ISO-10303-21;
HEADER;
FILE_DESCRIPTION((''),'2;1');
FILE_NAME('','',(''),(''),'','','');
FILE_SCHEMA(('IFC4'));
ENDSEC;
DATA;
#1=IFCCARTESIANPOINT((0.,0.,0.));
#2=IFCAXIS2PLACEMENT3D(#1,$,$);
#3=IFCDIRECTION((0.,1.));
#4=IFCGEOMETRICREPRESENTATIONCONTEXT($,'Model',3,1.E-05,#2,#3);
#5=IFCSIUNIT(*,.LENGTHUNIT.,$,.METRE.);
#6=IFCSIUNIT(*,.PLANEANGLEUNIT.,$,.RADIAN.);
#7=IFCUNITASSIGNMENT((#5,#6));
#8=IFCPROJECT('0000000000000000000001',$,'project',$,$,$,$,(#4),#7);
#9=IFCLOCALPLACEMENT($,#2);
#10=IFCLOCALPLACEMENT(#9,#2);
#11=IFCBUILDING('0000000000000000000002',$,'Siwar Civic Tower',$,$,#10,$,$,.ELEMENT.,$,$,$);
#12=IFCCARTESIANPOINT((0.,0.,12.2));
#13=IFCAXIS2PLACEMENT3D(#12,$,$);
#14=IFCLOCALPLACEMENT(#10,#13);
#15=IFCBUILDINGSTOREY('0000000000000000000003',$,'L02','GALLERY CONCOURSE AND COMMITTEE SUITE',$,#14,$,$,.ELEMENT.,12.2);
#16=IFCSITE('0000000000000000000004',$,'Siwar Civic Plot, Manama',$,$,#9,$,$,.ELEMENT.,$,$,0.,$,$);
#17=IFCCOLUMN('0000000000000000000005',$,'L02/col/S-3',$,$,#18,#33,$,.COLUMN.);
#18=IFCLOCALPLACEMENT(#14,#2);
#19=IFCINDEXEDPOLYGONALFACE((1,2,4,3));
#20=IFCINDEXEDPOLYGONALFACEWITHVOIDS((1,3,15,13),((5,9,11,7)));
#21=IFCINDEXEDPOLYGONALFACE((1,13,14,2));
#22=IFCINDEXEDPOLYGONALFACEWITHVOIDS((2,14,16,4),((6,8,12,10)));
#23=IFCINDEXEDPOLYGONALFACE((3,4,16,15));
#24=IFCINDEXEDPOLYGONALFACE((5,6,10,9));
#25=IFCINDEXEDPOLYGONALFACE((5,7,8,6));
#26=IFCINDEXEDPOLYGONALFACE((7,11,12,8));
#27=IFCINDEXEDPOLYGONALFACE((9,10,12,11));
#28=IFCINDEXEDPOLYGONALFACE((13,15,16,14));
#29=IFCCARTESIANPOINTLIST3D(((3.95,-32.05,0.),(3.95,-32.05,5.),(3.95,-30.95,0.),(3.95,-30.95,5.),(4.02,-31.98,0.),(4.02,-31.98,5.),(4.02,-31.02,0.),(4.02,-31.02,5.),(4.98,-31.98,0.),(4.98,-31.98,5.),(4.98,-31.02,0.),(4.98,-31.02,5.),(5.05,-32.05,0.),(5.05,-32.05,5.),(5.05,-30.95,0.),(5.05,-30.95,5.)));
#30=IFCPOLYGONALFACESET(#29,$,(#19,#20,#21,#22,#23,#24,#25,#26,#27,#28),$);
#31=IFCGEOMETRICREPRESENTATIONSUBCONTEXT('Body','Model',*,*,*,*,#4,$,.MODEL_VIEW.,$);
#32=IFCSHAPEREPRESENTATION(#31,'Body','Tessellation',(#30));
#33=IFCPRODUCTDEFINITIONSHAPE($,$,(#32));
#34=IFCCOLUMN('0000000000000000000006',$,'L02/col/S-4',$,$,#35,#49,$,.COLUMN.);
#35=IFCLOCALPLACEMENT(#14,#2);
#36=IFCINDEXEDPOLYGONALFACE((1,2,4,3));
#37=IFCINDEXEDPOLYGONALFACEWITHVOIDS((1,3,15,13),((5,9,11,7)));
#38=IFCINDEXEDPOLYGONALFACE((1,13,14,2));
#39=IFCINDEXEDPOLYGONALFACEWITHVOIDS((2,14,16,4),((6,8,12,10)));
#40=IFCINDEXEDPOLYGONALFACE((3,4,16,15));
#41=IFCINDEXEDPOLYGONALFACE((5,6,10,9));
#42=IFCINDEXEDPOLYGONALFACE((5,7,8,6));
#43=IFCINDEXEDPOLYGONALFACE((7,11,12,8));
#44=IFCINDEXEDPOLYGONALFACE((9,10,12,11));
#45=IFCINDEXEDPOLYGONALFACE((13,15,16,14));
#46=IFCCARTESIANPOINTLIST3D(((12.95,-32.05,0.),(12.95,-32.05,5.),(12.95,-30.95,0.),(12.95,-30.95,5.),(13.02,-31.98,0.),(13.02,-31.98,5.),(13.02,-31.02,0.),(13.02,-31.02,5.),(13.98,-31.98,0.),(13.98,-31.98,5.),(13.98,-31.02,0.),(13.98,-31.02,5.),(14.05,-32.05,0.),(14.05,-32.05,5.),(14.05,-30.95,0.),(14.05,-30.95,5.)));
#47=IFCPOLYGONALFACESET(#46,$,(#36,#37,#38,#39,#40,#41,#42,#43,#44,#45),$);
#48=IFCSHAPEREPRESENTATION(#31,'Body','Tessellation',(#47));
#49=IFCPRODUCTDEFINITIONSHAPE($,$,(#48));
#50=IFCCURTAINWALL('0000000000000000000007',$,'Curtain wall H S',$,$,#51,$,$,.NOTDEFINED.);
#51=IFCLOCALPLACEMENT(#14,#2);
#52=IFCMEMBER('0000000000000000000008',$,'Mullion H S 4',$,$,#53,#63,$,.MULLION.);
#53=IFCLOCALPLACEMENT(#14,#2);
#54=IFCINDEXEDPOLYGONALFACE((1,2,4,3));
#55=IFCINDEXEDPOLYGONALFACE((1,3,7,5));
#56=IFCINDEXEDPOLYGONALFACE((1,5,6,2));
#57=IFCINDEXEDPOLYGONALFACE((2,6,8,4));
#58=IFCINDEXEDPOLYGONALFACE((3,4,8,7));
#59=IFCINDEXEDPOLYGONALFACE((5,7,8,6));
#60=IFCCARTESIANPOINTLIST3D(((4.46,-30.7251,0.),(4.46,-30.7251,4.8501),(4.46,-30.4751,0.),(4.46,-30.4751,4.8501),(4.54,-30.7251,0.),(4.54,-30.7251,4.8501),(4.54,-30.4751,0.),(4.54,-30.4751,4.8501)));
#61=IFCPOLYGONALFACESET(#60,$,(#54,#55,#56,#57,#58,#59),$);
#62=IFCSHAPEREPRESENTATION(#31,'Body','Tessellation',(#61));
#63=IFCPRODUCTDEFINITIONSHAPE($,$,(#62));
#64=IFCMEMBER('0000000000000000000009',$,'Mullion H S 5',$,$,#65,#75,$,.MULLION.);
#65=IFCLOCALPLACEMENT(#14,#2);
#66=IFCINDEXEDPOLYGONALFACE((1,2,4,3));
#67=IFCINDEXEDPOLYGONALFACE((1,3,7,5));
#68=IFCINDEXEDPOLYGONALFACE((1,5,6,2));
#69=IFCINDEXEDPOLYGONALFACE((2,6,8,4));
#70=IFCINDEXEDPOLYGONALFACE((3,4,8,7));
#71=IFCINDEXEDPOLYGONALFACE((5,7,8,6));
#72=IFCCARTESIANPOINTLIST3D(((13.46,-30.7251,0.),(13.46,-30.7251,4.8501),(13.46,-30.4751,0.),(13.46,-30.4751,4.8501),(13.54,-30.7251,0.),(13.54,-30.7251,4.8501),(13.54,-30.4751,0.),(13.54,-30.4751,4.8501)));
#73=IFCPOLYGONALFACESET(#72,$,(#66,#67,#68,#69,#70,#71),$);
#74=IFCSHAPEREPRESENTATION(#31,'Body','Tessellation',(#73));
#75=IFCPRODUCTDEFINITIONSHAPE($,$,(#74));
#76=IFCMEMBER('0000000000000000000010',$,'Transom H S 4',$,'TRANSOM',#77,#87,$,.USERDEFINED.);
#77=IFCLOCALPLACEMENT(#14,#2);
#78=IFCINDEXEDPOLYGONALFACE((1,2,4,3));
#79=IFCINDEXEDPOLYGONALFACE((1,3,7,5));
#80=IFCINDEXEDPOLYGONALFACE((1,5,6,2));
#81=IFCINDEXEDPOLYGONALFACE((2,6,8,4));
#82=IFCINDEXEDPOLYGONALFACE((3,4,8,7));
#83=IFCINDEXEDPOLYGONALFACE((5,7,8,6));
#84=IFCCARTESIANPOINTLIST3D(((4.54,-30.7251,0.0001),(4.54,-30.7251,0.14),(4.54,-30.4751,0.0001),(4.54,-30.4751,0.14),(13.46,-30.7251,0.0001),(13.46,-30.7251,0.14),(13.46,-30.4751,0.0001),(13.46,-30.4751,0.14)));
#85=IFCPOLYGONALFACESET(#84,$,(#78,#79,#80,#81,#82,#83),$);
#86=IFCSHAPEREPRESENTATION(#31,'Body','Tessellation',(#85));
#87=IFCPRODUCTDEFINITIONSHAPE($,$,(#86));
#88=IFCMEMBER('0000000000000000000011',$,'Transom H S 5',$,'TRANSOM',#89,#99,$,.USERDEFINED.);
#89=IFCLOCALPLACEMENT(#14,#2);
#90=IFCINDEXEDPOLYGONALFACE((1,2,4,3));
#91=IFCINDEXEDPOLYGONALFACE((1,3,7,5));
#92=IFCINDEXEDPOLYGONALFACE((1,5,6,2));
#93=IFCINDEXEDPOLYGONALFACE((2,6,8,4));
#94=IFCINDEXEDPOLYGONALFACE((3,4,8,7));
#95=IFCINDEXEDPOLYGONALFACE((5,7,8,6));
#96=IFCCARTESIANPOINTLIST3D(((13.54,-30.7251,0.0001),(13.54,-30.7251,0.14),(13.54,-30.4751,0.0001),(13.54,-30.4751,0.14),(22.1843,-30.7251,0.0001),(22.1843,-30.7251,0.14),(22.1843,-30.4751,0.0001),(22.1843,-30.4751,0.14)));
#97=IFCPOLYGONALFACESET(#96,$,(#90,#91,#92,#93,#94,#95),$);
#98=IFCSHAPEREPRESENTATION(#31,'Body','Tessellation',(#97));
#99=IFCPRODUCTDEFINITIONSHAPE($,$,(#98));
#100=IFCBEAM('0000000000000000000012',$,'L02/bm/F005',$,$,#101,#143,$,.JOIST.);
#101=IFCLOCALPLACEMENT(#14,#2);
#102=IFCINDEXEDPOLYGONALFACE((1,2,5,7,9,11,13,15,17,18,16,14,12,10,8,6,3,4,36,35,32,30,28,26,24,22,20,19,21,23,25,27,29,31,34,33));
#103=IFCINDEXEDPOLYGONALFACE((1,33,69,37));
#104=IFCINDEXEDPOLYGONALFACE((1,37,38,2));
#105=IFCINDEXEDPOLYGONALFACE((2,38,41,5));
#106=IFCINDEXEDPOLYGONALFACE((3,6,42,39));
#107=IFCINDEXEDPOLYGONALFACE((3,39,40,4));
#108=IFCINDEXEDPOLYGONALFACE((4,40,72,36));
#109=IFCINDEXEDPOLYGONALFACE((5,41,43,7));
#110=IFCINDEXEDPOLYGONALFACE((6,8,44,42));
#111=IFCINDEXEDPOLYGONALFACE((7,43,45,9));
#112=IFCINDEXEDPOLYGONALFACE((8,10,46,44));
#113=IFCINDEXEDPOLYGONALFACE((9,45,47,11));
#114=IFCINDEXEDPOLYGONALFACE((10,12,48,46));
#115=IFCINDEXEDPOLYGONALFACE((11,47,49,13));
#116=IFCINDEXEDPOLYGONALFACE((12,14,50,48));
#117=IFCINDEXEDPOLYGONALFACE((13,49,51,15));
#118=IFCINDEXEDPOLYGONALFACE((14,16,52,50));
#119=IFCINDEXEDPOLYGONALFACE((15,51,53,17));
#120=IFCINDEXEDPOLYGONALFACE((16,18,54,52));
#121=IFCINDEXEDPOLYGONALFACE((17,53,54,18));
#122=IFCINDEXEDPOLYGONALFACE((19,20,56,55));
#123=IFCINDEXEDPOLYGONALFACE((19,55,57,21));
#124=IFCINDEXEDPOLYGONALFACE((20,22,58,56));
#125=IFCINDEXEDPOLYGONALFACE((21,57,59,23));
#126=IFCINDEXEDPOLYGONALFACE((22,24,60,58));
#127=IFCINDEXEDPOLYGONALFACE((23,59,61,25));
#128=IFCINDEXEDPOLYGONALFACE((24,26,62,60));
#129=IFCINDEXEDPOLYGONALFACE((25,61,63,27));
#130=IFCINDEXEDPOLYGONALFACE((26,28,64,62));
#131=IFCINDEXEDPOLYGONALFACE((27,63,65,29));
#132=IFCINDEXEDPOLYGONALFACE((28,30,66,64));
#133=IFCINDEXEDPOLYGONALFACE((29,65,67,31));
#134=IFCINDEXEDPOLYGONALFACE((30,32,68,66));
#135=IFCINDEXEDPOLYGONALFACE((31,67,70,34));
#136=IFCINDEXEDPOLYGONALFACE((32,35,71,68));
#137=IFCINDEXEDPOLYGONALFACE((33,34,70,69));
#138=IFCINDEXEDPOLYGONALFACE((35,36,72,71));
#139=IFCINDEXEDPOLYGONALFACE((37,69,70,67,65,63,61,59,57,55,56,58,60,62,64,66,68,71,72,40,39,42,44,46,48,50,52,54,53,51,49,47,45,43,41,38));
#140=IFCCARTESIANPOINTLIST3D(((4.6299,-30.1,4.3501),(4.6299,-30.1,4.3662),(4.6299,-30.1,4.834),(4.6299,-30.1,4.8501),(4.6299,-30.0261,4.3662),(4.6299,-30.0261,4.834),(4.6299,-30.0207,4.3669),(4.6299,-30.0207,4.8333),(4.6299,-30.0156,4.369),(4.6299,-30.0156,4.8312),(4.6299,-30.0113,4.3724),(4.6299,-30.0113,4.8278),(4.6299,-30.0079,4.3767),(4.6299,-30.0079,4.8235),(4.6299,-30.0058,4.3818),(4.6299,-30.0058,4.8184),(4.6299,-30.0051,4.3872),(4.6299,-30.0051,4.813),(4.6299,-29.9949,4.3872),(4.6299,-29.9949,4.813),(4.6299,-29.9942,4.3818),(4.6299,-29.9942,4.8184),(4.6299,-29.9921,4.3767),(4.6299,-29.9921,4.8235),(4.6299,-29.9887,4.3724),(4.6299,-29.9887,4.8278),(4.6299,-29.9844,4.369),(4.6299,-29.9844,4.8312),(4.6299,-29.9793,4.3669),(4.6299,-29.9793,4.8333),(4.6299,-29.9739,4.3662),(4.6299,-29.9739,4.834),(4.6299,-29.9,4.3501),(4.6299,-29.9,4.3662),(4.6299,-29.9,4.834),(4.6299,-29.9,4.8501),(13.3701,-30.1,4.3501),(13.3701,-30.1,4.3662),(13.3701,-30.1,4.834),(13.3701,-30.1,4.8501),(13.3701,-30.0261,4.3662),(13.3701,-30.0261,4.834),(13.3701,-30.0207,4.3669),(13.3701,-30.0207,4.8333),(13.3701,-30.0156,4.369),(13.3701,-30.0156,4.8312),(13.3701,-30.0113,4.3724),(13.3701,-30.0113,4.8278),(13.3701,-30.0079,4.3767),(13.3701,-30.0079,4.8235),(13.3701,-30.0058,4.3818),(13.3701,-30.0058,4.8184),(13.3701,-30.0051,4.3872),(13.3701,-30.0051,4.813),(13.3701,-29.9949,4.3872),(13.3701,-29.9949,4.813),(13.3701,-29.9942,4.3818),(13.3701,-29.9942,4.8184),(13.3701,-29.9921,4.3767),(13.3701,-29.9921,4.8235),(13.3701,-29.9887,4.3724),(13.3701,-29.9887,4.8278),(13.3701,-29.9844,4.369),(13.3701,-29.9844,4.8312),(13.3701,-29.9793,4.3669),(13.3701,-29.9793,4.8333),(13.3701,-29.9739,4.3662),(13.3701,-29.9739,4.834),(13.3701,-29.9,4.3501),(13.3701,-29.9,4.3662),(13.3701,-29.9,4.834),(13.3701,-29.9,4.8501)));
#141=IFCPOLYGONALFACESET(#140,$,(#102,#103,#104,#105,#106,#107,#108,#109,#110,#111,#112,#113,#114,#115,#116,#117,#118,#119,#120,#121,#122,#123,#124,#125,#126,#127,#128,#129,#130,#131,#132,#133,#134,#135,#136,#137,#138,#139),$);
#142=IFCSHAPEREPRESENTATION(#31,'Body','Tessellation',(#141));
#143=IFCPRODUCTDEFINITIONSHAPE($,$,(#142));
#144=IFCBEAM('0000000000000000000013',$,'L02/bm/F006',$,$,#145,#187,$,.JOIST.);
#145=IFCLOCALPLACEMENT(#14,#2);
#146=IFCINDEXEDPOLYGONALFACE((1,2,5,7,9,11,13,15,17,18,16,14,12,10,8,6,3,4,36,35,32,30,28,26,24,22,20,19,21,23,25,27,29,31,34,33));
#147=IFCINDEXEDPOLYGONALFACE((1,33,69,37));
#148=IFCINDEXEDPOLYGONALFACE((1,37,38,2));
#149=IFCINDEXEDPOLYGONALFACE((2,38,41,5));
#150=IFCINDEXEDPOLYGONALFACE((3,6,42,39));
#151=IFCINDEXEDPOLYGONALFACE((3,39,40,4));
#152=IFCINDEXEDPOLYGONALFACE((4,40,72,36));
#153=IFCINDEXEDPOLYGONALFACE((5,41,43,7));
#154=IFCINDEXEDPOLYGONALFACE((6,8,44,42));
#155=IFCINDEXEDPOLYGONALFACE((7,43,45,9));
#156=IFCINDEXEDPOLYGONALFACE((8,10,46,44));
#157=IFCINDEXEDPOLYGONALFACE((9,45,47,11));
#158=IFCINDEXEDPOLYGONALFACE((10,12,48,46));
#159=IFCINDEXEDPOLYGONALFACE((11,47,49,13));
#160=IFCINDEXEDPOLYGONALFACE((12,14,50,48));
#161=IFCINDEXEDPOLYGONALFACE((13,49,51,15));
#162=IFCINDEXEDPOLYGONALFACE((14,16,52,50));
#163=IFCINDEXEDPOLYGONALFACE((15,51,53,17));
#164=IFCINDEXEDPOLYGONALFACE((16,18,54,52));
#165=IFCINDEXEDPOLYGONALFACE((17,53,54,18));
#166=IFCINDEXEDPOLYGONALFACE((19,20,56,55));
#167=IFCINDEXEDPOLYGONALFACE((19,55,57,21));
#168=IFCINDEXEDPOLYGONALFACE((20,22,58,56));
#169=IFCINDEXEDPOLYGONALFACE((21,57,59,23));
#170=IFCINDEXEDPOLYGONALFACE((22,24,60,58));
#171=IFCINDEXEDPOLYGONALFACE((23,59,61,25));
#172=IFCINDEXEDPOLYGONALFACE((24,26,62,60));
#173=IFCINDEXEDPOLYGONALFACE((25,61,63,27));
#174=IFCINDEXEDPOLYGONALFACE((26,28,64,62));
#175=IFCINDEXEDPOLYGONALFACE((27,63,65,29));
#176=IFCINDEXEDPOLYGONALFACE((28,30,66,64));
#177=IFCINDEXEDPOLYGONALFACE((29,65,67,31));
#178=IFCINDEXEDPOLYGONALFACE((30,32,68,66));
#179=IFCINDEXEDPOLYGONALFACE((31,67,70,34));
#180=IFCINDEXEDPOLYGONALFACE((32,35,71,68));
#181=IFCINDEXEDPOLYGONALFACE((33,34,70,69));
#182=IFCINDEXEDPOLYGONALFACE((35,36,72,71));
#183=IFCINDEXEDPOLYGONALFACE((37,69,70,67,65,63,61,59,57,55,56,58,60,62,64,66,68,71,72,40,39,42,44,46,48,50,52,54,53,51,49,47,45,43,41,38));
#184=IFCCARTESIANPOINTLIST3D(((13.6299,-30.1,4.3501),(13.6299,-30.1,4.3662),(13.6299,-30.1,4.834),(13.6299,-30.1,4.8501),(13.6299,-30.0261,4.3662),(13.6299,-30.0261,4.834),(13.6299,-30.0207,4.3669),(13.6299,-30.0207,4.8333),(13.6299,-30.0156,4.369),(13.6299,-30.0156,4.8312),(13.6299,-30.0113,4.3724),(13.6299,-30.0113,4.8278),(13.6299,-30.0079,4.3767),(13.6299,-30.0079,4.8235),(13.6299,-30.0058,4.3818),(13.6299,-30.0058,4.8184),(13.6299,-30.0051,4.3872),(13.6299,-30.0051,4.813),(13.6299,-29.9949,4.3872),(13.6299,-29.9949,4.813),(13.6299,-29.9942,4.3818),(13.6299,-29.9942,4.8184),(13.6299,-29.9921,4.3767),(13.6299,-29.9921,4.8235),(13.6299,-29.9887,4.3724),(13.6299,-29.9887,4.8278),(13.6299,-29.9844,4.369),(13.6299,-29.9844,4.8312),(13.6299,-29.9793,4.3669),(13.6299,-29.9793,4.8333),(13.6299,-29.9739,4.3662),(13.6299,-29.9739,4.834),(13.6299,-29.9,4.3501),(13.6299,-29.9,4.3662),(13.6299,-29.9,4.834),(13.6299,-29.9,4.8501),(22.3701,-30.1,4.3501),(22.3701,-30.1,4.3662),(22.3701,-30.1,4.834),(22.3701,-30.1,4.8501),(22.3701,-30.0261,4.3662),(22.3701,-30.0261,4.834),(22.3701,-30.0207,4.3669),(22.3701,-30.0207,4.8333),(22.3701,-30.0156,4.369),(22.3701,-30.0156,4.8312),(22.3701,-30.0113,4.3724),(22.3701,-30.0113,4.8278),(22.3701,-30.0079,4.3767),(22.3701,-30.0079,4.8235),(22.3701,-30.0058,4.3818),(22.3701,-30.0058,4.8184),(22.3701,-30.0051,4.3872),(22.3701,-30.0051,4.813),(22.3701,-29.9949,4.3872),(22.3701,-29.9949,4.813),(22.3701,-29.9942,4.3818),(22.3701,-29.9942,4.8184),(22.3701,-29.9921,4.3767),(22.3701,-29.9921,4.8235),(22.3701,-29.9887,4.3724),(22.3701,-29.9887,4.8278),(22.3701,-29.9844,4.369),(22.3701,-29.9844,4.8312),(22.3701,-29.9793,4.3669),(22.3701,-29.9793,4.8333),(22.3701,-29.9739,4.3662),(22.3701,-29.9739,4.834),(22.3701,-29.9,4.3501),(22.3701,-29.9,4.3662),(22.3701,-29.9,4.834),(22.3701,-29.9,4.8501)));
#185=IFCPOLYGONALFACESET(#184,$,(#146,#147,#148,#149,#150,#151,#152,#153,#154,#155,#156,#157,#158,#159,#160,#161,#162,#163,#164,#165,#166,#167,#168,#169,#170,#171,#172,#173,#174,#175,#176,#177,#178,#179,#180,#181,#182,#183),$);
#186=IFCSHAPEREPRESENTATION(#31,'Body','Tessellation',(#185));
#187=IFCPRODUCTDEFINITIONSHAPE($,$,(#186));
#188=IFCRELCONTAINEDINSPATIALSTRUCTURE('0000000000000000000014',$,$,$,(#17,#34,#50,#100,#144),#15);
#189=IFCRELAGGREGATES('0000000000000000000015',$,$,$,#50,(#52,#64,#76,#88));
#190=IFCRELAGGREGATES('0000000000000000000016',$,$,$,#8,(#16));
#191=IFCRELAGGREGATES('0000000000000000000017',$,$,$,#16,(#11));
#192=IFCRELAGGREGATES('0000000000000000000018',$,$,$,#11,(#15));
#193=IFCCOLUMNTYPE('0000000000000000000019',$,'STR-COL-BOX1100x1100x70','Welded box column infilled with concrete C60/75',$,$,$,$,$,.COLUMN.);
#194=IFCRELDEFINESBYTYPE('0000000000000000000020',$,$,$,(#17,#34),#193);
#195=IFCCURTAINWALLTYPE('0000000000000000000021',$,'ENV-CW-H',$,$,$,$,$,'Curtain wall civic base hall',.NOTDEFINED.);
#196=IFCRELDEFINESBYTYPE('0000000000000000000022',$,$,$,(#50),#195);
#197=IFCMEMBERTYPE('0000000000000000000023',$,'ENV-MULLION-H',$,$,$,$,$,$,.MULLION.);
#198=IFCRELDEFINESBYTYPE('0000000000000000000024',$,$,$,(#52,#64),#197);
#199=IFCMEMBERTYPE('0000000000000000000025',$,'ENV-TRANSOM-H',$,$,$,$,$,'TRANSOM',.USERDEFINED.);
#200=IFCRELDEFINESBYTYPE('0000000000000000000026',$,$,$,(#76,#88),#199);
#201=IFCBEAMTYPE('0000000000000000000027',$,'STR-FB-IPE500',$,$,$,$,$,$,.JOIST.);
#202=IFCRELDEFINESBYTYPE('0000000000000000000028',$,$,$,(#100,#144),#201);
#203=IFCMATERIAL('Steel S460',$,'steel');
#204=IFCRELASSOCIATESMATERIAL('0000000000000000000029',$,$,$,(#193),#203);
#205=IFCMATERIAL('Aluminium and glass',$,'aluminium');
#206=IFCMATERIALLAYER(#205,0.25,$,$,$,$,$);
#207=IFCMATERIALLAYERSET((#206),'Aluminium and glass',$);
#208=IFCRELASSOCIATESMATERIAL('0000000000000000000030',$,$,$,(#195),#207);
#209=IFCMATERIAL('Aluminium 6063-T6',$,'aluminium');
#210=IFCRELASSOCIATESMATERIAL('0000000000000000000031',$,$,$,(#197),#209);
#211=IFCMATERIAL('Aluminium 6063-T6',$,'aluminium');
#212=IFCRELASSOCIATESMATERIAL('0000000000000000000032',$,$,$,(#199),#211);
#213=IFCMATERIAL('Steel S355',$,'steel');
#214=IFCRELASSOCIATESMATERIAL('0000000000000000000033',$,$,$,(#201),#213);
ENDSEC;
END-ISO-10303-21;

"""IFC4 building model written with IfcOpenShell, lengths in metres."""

from ifc_helpers import new_model, si_unit, direction, frame, origin, origin_2d, place, context, subcontext, project, spatial, rectangle, hollow_rectangle, i_section, extrude, material, layer, layer_set, material_profile, profile_set, type_object, element, aggregate, save


model = new_model("IFC4")

# Units and contexts
model_context = context("Model", 3, precision=1e-05, world=origin(), true_north=direction((0.0, 1.0)))
body_context = subcontext(model_context, "Body", "Model", "MODEL_VIEW")
ifc_project = project(units=[si_unit("LENGTHUNIT", "METRE"), si_unit("PLANEANGLEUNIT", "RADIAN")], contexts=[model_context])

# Site, building, storey
site_placement = place(None, origin())
site = spatial("IfcSite", under=ifc_project, at=site_placement, Name="Siwar Civic Plot, Manama", CompositionType="ELEMENT", RefElevation=0.0)
building_placement = place(site_placement, origin())
building = spatial("IfcBuilding", under=site, at=building_placement, Name="Siwar Civic Tower", CompositionType="ELEMENT")
storey_placement = place(building_placement, frame((0.0, 0.0, 12.2)))
storey = spatial("IfcBuildingStorey", under=building, at=storey_placement, Name="L02", Description="GALLERY CONCOURSE AND COMMITTEE SUITE", CompositionType="ELEMENT", Elevation=12.2)

# Columns
ifc_material_1 = material(Name="Steel S460", Category="steel")
ifc_material_profile_1 = material_profile(ifc_material_1, hollow_rectangle(XDim=1.1001, YDim=1.1001, WallThickness=0.0701, at=origin_2d()), Name="BOX1100x1100x70")
ifc_profile_set_1 = profile_set([ifc_material_profile_1], Name="Steel S460")
column_type = type_object("IfcColumnType", Name="STR-COL-BOX1100x1100x70", Description="Welded box column infilled with concrete C60/75", PredefinedType="COLUMN", material=ifc_profile_set_1)
for number, where, z_axis, x_axis, name in (
    (1, (4.5, -31.5, 0.0), (0.0, 0.0, 1.0), (1.0, 0.0, 0.0), "L02/col/S-3"),
    (2, (13.5, -31.5, 0.0), (0.0, 0.0, 1.0), (1.0, 0.0, 0.0), "L02/col/S-4"),
):
    element("IfcColumn", number, at=place(storey_placement, frame(where, z_axis=z_axis, x_axis=x_axis)), inside=storey, type_object=column_type, Name=name, PredefinedType="COLUMN", context=body_context, shape_type="SweptSolid", body=[
        extrude(hollow_rectangle(XDim=1.1001, YDim=1.1001, WallThickness=0.0701, at=origin_2d()), origin(), (0.0, 0.0, 1.0), 5.0),
    ])

# Curtain wall, members
ifc_material_2 = material(Name="Aluminium and glass", Category="aluminium")
ifc_layer_1 = layer(ifc_material_2, 0.25)
ifc_layer_set_1 = layer_set([ifc_layer_1], Name="Aluminium and glass")
curtain_wall_type = type_object("IfcCurtainWallType", Name="ENV-CW-H", ElementType="Curtain wall civic base hall", PredefinedType="NOTDEFINED", material=ifc_layer_set_1)
curtain_wall_placement = place(storey_placement, origin())
curtain_wall = element("IfcCurtainWall", 3, at=curtain_wall_placement, inside=storey, type_object=curtain_wall_type, Name="Curtain wall H S", PredefinedType="NOTDEFINED")
ifc_material_3 = material(Name="Aluminium 6063-T6", Category="aluminium")
ifc_material_profile_2 = material_profile(ifc_material_3, rectangle(XDim=0.25, YDim=0.0801, at=origin_2d()), Name="AL 250x80")
ifc_profile_set_2 = profile_set([ifc_material_profile_2], Name="Aluminium 6063-T6")
member_type_1 = type_object("IfcMemberType", Name="ENV-MULLION-H", PredefinedType="MULLION", material=ifc_profile_set_2)
member_1_placement = place(storey_placement, frame((4.5, -30.6001, 0.0), z_axis=(0.0, 0.0, 1.0), x_axis=(0.0, 1.0, 0.0)))
member_1 = element("IfcMember", 4, at=member_1_placement, type_object=member_type_1, Name="Mullion H S 4", PredefinedType="MULLION", context=body_context, shape_type="SweptSolid", body=[
    extrude(rectangle(XDim=0.25, YDim=0.0801, at=origin_2d()), origin(), (0.0, 0.0, 1.0), 4.8501),
])
member_2_placement = place(storey_placement, frame((13.5, -30.6001, 0.0), z_axis=(0.0, 0.0, 1.0), x_axis=(0.0, 1.0, 0.0)))
member_2 = element("IfcMember", 5, at=member_2_placement, type_object=member_type_1, Name="Mullion H S 5", PredefinedType="MULLION", context=body_context, shape_type="SweptSolid", body=[
    extrude(rectangle(XDim=0.25, YDim=0.0801, at=origin_2d()), origin(), (0.0, 0.0, 1.0), 4.8501),
])
ifc_material_4 = material(Name="Aluminium 6063-T6", Category="aluminium")
ifc_material_profile_3 = material_profile(ifc_material_4, rectangle(XDim=0.25, YDim=0.1399, at=origin_2d()), Name="AL 250x140")
ifc_profile_set_3 = profile_set([ifc_material_profile_3], Name="Aluminium 6063-T6")
member_type_2 = type_object("IfcMemberType", Name="ENV-TRANSOM-H", ElementType="TRANSOM", PredefinedType="USERDEFINED", material=ifc_profile_set_3)
member_3_placement = place(storey_placement, frame((4.54, -30.6001, 0.0701), z_axis=(1.0, 0.0, 0.0), x_axis=(0.0, 1.0, 0.0)))
member_3 = element("IfcMember", 6, at=member_3_placement, type_object=member_type_2, Name="Transom H S 4", ObjectType="TRANSOM", PredefinedType="USERDEFINED", context=body_context, shape_type="SweptSolid", body=[
    extrude(rectangle(XDim=0.25, YDim=0.1399, at=origin_2d()), origin(), (0.0, 0.0, 1.0), 8.9199),
])
member_4_placement = place(storey_placement, frame((13.54, -30.6001, 0.0701), z_axis=(1.0, 0.0, 0.0), x_axis=(0.0, 1.0, 0.0)))
member_4 = element("IfcMember", 7, at=member_4_placement, type_object=member_type_2, Name="Transom H S 5", ObjectType="TRANSOM", PredefinedType="USERDEFINED", context=body_context, shape_type="SweptSolid", body=[
    extrude(rectangle(XDim=0.25, YDim=0.1399, at=origin_2d()), origin(), (0.0, 0.0, 1.0), 8.6443),
])

# Beams
ifc_material_5 = material(Name="Steel S355", Category="steel")
ifc_material_profile_4 = material_profile(ifc_material_5, i_section(OverallWidth=0.2, OverallDepth=0.5, WebThickness=0.0103, FlangeThickness=0.0161, FilletRadius=0.021, at=origin_2d()), Name="IPE500")
ifc_profile_set_4 = profile_set([ifc_material_profile_4], Name="Steel S355")
beam_type_1 = type_object("IfcBeamType", Name="STR-FB-IPE500", PredefinedType="JOIST", material=ifc_profile_set_4)
for number, where, z_axis, x_axis, name in (
    (8, (4.6299, -30.0, 4.6001), (1.0, 0.0, 0.0), (0.0, 1.0, 0.0), "L02/bm/F005"),
    (9, (13.6299, -30.0, 4.6001), (1.0, 0.0, 0.0), (0.0, 1.0, 0.0), "L02/bm/F006"),
):
    element("IfcBeam", number, at=place(storey_placement, frame(where, z_axis=z_axis, x_axis=x_axis)), inside=storey, type_object=beam_type_1, Name=name, PredefinedType="JOIST", context=body_context, shape_type="SweptSolid", body=[
        extrude(i_section(OverallWidth=0.2, OverallDepth=0.5, WebThickness=0.0103, FlangeThickness=0.0161, FilletRadius=0.021, at=origin_2d()), origin(), (0.0, 0.0, 1.0), 8.7402),
    ])

aggregate(curtain_wall, [member_1, member_2, member_3, member_4])

save(model, "model.ifc")
